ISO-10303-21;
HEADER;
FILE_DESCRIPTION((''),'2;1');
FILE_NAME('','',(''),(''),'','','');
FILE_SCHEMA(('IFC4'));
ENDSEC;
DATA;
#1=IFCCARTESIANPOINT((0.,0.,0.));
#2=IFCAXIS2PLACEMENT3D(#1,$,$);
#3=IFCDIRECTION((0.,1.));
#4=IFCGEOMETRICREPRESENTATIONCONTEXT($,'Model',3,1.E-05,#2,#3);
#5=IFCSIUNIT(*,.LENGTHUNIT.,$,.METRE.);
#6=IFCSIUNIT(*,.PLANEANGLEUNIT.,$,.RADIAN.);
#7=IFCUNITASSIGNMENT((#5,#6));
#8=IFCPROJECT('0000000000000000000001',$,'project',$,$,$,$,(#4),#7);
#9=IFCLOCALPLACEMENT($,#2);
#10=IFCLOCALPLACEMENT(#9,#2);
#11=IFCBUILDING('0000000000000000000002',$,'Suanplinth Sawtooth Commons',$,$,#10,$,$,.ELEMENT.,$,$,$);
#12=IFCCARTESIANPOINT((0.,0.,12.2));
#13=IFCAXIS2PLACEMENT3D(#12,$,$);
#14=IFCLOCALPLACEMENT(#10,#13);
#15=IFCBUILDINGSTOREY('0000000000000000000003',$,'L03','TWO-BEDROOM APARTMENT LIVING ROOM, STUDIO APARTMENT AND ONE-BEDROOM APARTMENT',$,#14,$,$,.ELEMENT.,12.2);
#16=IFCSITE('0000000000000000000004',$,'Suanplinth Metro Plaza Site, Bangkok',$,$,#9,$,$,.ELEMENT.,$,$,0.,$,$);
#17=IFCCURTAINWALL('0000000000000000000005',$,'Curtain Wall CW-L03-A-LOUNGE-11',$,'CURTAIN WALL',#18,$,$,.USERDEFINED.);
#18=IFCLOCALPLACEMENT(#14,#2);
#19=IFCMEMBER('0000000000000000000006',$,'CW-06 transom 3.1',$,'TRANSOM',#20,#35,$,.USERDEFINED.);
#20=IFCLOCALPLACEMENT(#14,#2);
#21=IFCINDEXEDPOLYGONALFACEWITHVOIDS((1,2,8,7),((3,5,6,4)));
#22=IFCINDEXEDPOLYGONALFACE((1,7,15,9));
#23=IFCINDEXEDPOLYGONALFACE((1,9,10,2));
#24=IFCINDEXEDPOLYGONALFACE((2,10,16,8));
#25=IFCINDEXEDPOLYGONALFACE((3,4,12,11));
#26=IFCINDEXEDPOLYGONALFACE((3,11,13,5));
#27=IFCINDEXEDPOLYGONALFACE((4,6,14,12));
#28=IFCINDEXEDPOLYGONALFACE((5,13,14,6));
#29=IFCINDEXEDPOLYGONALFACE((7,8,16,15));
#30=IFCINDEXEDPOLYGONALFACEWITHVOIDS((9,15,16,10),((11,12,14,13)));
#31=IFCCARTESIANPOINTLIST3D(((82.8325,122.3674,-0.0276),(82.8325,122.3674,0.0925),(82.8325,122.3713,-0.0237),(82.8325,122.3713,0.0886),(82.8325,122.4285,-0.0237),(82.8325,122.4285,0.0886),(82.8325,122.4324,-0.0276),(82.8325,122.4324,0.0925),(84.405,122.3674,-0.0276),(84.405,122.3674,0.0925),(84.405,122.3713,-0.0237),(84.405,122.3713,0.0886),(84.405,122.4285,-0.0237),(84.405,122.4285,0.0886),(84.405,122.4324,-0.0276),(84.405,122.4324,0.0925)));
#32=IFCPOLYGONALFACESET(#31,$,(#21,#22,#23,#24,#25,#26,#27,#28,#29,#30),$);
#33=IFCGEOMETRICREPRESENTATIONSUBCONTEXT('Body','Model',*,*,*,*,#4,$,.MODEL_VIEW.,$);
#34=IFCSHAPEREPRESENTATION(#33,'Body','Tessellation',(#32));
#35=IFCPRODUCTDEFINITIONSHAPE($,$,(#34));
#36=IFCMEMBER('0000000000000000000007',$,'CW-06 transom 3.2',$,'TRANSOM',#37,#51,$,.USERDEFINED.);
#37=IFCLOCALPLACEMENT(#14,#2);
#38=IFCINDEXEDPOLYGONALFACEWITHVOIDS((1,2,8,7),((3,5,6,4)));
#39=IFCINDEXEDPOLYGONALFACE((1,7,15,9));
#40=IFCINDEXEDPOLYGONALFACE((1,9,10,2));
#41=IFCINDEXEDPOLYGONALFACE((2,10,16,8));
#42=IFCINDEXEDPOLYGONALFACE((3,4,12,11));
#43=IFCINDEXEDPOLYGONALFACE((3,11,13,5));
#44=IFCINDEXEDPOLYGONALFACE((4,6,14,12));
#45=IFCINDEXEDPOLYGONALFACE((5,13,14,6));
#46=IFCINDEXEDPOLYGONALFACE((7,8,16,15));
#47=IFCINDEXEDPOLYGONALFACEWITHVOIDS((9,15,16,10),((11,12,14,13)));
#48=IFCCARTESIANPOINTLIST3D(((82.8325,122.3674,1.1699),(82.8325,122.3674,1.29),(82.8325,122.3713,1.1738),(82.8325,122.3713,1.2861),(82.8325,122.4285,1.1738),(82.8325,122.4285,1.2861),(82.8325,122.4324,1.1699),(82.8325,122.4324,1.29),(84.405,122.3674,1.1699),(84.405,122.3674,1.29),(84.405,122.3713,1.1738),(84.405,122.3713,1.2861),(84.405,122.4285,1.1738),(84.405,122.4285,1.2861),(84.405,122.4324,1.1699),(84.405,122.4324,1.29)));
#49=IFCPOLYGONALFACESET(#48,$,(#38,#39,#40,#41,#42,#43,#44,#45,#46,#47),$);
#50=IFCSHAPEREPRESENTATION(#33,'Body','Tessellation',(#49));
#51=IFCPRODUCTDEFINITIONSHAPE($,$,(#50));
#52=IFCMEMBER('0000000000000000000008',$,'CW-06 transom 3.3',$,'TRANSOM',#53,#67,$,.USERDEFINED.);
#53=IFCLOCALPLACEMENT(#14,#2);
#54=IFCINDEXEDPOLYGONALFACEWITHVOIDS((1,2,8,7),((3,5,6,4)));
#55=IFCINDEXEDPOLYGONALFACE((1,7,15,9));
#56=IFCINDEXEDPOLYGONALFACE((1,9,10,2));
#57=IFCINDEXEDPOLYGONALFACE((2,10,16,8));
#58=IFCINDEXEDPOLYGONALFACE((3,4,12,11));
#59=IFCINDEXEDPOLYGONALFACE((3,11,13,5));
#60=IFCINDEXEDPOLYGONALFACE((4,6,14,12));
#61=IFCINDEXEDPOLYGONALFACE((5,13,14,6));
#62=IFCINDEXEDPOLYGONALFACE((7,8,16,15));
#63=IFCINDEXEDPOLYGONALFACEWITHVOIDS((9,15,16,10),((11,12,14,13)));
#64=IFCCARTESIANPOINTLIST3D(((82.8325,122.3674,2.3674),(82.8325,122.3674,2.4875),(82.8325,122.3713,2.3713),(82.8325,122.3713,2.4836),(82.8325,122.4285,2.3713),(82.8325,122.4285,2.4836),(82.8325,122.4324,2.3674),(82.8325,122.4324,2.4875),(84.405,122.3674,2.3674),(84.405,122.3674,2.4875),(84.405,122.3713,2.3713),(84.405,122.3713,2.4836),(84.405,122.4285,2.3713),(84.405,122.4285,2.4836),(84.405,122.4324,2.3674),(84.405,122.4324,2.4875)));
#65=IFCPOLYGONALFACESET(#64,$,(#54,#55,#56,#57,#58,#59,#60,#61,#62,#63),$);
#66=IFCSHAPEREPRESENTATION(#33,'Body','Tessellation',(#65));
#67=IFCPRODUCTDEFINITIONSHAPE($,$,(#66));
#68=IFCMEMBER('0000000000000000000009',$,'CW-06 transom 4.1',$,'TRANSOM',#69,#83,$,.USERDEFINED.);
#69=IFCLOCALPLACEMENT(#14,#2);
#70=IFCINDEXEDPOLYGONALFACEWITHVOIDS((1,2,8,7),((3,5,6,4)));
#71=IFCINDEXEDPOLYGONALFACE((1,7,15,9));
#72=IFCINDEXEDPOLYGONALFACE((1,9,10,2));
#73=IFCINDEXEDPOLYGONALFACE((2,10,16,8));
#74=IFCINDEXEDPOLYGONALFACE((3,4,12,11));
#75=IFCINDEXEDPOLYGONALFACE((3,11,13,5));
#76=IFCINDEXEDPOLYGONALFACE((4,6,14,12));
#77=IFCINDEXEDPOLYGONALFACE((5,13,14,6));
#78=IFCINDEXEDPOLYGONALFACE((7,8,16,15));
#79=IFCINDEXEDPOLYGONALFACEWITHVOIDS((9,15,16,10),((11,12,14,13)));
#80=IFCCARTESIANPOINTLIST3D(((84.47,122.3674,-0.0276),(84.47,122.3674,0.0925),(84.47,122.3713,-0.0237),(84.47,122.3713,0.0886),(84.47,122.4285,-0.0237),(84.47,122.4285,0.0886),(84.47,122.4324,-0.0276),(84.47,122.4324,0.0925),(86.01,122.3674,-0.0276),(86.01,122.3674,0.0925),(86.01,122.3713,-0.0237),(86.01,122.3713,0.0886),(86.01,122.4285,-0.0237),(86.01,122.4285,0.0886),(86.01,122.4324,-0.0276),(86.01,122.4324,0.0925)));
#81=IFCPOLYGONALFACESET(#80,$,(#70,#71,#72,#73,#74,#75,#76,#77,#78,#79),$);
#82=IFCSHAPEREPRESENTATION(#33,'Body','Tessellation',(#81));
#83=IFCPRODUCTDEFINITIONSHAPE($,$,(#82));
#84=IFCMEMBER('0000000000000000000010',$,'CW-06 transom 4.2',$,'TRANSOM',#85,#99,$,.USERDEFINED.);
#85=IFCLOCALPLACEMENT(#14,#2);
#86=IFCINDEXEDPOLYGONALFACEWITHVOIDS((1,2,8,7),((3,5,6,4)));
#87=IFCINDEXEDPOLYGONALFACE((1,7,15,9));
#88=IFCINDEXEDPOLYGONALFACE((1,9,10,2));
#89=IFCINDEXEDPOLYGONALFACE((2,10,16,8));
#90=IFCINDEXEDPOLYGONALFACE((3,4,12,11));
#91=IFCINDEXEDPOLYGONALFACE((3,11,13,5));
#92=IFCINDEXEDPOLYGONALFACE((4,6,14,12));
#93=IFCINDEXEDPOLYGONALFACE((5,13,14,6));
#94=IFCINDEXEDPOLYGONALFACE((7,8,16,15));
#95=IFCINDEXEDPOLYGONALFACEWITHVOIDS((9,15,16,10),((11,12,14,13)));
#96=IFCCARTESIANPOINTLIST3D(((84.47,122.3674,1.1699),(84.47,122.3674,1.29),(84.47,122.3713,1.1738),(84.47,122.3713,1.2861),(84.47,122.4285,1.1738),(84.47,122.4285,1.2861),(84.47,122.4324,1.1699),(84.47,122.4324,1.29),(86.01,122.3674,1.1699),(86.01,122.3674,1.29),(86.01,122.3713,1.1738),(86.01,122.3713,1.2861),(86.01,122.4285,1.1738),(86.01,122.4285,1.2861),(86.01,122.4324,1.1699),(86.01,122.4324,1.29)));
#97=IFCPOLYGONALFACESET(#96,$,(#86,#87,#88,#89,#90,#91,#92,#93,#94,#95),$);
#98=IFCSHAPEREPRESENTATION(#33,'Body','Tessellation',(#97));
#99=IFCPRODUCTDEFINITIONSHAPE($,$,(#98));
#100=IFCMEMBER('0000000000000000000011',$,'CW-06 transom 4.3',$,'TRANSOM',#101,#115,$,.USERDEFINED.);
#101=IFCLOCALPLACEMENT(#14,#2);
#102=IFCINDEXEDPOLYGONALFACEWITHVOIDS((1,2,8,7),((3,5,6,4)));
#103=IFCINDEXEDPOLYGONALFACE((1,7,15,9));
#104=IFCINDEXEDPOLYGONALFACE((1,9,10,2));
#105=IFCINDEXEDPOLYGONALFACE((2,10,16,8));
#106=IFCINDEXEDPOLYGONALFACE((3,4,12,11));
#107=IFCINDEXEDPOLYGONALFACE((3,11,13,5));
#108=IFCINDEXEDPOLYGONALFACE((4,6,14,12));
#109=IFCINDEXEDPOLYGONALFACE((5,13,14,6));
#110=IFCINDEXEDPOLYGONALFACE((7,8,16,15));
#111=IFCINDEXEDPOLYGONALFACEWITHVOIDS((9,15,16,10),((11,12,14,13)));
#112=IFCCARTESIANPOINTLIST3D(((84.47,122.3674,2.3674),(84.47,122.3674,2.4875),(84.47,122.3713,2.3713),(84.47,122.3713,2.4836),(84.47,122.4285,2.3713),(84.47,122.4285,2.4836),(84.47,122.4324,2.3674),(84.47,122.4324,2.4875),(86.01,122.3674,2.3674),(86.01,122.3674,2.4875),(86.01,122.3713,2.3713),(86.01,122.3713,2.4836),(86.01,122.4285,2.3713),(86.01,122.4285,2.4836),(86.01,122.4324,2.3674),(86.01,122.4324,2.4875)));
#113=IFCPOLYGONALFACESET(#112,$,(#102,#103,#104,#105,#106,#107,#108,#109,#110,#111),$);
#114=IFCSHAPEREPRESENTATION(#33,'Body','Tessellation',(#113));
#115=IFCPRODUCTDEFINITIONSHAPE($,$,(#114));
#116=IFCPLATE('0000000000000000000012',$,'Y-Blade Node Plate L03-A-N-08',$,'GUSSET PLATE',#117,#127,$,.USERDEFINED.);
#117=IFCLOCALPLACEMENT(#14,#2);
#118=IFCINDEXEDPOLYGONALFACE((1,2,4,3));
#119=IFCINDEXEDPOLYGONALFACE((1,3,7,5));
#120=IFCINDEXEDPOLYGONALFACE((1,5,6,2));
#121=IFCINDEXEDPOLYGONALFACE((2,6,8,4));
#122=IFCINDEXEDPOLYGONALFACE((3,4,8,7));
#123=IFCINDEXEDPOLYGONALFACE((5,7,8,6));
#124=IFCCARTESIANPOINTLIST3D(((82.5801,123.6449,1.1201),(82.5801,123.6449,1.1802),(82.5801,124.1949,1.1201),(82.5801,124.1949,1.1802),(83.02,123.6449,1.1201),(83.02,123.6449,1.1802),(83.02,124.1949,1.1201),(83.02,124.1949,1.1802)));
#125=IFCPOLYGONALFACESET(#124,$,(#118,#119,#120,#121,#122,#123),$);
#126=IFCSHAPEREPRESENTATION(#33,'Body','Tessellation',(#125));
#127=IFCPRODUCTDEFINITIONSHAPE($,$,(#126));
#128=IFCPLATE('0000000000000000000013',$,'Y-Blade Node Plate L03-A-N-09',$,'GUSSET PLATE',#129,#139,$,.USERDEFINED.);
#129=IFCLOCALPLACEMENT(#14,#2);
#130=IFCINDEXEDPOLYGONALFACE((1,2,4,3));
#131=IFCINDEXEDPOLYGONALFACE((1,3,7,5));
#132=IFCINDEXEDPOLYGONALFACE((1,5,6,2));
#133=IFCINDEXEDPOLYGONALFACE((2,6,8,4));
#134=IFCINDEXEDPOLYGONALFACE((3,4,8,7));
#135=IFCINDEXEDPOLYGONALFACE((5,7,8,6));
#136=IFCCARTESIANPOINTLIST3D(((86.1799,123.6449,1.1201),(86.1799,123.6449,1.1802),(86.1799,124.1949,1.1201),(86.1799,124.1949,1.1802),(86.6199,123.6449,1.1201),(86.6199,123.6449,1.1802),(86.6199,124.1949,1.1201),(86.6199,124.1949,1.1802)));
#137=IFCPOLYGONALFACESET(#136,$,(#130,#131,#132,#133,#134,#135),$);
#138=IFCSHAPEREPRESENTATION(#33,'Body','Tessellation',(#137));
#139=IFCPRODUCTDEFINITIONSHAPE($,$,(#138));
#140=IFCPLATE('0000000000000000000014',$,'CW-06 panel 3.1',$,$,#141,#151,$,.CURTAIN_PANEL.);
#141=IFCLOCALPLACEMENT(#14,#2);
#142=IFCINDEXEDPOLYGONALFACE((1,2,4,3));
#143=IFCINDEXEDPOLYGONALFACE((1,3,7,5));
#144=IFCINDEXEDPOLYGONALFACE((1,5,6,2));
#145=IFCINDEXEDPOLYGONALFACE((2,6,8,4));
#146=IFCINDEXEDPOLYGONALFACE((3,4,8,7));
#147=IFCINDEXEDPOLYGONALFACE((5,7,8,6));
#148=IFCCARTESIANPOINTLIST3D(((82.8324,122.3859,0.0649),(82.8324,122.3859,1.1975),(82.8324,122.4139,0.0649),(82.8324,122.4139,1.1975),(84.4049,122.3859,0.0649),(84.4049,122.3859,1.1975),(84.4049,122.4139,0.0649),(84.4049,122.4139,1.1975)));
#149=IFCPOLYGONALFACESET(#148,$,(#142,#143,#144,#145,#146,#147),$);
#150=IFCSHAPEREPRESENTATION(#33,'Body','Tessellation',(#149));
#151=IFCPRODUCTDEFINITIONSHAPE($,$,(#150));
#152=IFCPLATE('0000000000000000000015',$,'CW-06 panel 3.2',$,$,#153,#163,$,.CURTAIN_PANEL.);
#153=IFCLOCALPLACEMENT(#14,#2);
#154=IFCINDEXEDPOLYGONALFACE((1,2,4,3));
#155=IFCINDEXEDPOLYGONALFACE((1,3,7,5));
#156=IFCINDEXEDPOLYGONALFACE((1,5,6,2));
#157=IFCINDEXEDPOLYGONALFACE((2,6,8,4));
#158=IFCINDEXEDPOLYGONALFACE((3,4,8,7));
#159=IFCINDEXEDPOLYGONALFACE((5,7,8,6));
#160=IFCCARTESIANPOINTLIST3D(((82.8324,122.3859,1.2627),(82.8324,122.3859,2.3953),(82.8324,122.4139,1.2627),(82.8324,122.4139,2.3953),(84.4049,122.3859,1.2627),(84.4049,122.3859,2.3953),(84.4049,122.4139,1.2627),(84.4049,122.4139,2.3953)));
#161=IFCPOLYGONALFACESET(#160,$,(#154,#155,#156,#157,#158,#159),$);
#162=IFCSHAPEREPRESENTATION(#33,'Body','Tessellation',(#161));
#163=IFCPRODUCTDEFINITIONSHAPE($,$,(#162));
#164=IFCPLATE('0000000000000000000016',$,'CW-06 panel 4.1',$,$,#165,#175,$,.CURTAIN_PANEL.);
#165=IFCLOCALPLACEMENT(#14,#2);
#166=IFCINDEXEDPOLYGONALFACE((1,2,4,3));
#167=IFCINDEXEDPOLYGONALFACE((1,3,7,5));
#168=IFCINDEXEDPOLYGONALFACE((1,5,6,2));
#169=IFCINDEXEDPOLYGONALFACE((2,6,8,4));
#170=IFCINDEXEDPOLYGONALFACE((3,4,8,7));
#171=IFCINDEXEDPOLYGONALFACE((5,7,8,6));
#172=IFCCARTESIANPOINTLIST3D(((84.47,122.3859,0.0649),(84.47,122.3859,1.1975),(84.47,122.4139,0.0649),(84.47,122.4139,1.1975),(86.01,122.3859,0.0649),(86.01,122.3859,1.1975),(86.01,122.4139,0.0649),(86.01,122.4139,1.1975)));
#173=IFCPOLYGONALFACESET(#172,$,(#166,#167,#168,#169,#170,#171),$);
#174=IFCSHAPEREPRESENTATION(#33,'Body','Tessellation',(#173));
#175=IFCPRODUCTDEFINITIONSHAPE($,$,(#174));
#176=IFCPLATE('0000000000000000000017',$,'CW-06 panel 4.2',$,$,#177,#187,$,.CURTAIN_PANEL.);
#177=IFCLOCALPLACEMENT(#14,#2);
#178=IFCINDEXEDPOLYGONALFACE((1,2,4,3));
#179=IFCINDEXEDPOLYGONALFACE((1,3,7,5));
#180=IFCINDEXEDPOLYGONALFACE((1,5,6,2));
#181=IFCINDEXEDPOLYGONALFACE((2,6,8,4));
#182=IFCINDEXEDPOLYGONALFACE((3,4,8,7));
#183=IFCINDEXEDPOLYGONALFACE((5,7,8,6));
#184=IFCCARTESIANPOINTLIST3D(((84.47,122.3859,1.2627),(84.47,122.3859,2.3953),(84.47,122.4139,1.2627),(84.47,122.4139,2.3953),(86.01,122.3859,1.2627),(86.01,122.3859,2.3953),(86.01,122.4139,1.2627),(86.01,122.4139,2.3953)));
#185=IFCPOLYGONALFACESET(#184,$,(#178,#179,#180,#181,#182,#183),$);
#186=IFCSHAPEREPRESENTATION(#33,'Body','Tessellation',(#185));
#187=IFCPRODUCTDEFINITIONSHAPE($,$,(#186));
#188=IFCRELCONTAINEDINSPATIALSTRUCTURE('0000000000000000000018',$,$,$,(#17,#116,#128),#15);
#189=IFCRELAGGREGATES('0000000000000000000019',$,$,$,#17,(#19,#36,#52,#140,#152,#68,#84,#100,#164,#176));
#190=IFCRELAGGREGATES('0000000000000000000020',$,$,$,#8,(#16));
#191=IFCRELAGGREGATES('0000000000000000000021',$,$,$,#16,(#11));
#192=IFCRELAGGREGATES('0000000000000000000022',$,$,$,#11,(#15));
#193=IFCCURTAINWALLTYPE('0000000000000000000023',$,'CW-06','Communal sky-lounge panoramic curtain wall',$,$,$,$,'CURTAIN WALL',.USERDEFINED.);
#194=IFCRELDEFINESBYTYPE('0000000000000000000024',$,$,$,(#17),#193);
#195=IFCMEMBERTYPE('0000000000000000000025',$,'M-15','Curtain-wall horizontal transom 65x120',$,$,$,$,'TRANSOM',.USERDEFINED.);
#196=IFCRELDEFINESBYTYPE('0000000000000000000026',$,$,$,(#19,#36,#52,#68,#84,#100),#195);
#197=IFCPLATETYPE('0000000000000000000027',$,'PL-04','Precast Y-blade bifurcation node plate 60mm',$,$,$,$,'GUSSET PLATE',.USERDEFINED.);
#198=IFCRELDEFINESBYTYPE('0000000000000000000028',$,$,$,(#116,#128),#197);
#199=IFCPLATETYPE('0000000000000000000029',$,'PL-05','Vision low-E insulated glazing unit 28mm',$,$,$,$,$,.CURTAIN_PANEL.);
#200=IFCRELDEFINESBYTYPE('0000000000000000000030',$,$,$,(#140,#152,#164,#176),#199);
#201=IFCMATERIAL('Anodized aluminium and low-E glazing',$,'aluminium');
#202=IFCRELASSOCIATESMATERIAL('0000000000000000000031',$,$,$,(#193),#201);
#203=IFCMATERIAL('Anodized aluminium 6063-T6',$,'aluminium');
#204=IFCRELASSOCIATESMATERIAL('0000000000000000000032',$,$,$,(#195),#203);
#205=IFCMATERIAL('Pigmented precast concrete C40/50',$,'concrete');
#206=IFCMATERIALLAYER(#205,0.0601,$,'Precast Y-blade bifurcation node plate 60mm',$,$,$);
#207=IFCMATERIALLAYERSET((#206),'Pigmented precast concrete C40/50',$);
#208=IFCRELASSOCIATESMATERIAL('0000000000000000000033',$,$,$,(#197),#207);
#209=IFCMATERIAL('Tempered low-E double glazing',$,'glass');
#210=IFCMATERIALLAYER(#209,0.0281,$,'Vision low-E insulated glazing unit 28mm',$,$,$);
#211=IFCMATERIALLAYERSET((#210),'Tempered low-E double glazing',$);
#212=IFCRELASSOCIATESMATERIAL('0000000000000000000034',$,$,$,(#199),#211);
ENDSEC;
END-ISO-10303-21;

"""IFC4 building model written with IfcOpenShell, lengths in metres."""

from ifc_helpers import new_model, si_unit, direction, frame, origin, origin_2d, place, context, subcontext, project, spatial, rectangle, hollow_rectangle, extrude, material, layer, layer_set, material_profile, profile_set, type_object, element, aggregate, save


model = new_model("IFC4")

# Units and contexts
model_context = context("Model", 3, precision=1e-05, world=origin(), true_north=direction((0.0, 1.0)))
body_context = subcontext(model_context, "Body", "Model", "MODEL_VIEW")
ifc_project = project(units=[si_unit("LENGTHUNIT", "METRE"), si_unit("PLANEANGLEUNIT", "RADIAN")], contexts=[model_context])

# Site, building, storey
site_placement = place(None, origin())
site = spatial("IfcSite", under=ifc_project, at=site_placement, Name="Suanplinth Metro Plaza Site, Bangkok", CompositionType="ELEMENT", RefElevation=0.0)
building_placement = place(site_placement, origin())
building = spatial("IfcBuilding", under=site, at=building_placement, Name="Suanplinth Sawtooth Commons", CompositionType="ELEMENT")
storey_placement = place(building_placement, frame((0.0, 0.0, 12.2)))
storey = spatial("IfcBuildingStorey", under=building, at=storey_placement, Name="L03", Description="TWO-BEDROOM APARTMENT LIVING ROOM, STUDIO APARTMENT AND ONE-BEDROOM APARTMENT", CompositionType="ELEMENT", Elevation=12.2)

# Shared definitions
ifc_material_1 = material(Name="Pigmented precast concrete C40/50", Category="concrete")

# Curtain wall, members
ifc_material_2 = material(Name="Anodized aluminium and low-E glazing", Category="aluminium")
curtain_wall_type = type_object("IfcCurtainWallType", Name="CW-06", Description="Communal sky-lounge panoramic curtain wall", ElementType="CURTAIN WALL", PredefinedType="USERDEFINED", material=ifc_material_2)
curtain_wall_placement = place(storey_placement, origin())
curtain_wall = element("IfcCurtainWall", 1, at=curtain_wall_placement, inside=storey, type_object=curtain_wall_type, Name="Curtain Wall CW-L03-A-LOUNGE-11", ObjectType="CURTAIN WALL", PredefinedType="USERDEFINED")
ifc_material_3 = material(Name="Anodized aluminium 6063-T6", Category="aluminium")
ifc_material_profile_1 = material_profile(ifc_material_3, hollow_rectangle(XDim=0.0649, YDim=0.1201, WallThickness=0.0039, at=origin_2d()), Name="ALU-TRN 65x120")
ifc_profile_set_1 = profile_set([ifc_material_profile_1], Name="Anodized aluminium 6063-T6")
member_type_1 = type_object("IfcMemberType", Name="M-15", Description="Curtain-wall horizontal transom 65x120", ElementType="TRANSOM", PredefinedType="USERDEFINED", material=ifc_profile_set_1)
member_1_placement = place(storey_placement, frame((82.8325, 122.3999, 0.0325), z_axis=(1.0, 0.0, 0.0), x_axis=(0.0, 1.0, 0.0)))
member_1 = element("IfcMember", 2, at=member_1_placement, type_object=member_type_1, Name="CW-06 transom 3.1", ObjectType="TRANSOM", PredefinedType="USERDEFINED", context=body_context, shape_type="SweptSolid", body=[
    extrude(hollow_rectangle(XDim=0.0649, YDim=0.1201, WallThickness=0.0039, at=origin_2d()), origin(), (0.0, 0.0, 1.0), 1.5725),
])
member_2_placement = place(storey_placement, frame((82.8325, 122.3999, 1.23), z_axis=(1.0, 0.0, 0.0), x_axis=(0.0, 1.0, 0.0)))
member_2 = element("IfcMember", 3, at=member_2_placement, type_object=member_type_1, Name="CW-06 transom 3.2", ObjectType="TRANSOM", PredefinedType="USERDEFINED", context=body_context, shape_type="SweptSolid", body=[
    extrude(hollow_rectangle(XDim=0.0649, YDim=0.1201, WallThickness=0.0039, at=origin_2d()), origin(), (0.0, 0.0, 1.0), 1.5725),
])
member_3_placement = place(storey_placement, frame((82.8325, 122.3999, 2.4275), z_axis=(1.0, 0.0, 0.0), x_axis=(0.0, 1.0, 0.0)))
member_3 = element("IfcMember", 4, at=member_3_placement, type_object=member_type_1, Name="CW-06 transom 3.3", ObjectType="TRANSOM", PredefinedType="USERDEFINED", context=body_context, shape_type="SweptSolid", body=[
    extrude(hollow_rectangle(XDim=0.0649, YDim=0.1201, WallThickness=0.0039, at=origin_2d()), origin(), (0.0, 0.0, 1.0), 1.5725),
])
member_4_placement = place(storey_placement, frame((84.47, 122.3999, 0.0325), z_axis=(1.0, 0.0, 0.0), x_axis=(0.0, 1.0, 0.0)))
member_4 = element("IfcMember", 5, at=member_4_placement, type_object=member_type_1, Name="CW-06 transom 4.1", ObjectType="TRANSOM", PredefinedType="USERDEFINED", context=body_context, shape_type="SweptSolid", body=[
    extrude(hollow_rectangle(XDim=0.0649, YDim=0.1201, WallThickness=0.0039, at=origin_2d()), origin(), (0.0, 0.0, 1.0), 1.54),
])
member_5_placement = place(storey_placement, frame((84.47, 122.3999, 1.23), z_axis=(1.0, 0.0, 0.0), x_axis=(0.0, 1.0, 0.0)))
member_5 = element("IfcMember", 6, at=member_5_placement, type_object=member_type_1, Name="CW-06 transom 4.2", ObjectType="TRANSOM", PredefinedType="USERDEFINED", context=body_context, shape_type="SweptSolid", body=[
    extrude(hollow_rectangle(XDim=0.0649, YDim=0.1201, WallThickness=0.0039, at=origin_2d()), origin(), (0.0, 0.0, 1.0), 1.54),
])
member_6_placement = place(storey_placement, frame((84.47, 122.3999, 2.4275), z_axis=(1.0, 0.0, 0.0), x_axis=(0.0, 1.0, 0.0)))
member_6 = element("IfcMember", 7, at=member_6_placement, type_object=member_type_1, Name="CW-06 transom 4.3", ObjectType="TRANSOM", PredefinedType="USERDEFINED", context=body_context, shape_type="SweptSolid", body=[
    extrude(hollow_rectangle(XDim=0.0649, YDim=0.1201, WallThickness=0.0039, at=origin_2d()), origin(), (0.0, 0.0, 1.0), 1.54),
])

# Plates
ifc_layer_1 = layer(ifc_material_1, 0.0601, Name="Precast Y-blade bifurcation node plate 60mm")
ifc_layer_set_1 = layer_set([ifc_layer_1], Name="Pigmented precast concrete C40/50")
plate_type_1 = type_object("IfcPlateType", Name="PL-04", Description="Precast Y-blade bifurcation node plate 60mm", ElementType="GUSSET PLATE", PredefinedType="USERDEFINED", material=ifc_layer_set_1)
for number, where, z_axis, x_axis, name in (
    (8, (82.8, 123.9199, 1.1201), (0.0, 0.0, 1.0), (1.0, 0.0, 0.0), "Y-Blade Node Plate L03-A-N-08"),
    (9, (86.3999, 123.9199, 1.1201), (0.0, 0.0, 1.0), (1.0, 0.0, 0.0), "Y-Blade Node Plate L03-A-N-09"),
):
    element("IfcPlate", number, at=place(storey_placement, frame(where, z_axis=z_axis, x_axis=x_axis)), inside=storey, type_object=plate_type_1, Name=name, ObjectType="GUSSET PLATE", PredefinedType="USERDEFINED", context=body_context, shape_type="SweptSolid", body=[
        extrude(rectangle(XDim=0.4399, YDim=0.55, at=origin_2d()), origin(), (0.0, 0.0, 1.0), 0.0601),
    ])

# Plates
ifc_material_4 = material(Name="Tempered low-E double glazing", Category="glass")
ifc_layer_2 = layer(ifc_material_4, 0.0281, Name="Vision low-E insulated glazing unit 28mm")
ifc_layer_set_2 = layer_set([ifc_layer_2], Name="Tempered low-E double glazing")
plate_type_2 = type_object("IfcPlateType", Name="PL-05", Description="Vision low-E insulated glazing unit 28mm", PredefinedType="CURTAIN_PANEL", material=ifc_layer_set_2)
plate_1_placement = place(storey_placement, frame((83.6187, 122.3999, 0.0649), z_axis=(0.0, 0.0, 1.0), x_axis=(1.0, 0.0, 0.0)))
plate_1 = element("IfcPlate", 10, at=plate_1_placement, type_object=plate_type_2, Name="CW-06 panel 3.1", PredefinedType="CURTAIN_PANEL", context=body_context, shape_type="SweptSolid", body=[
    extrude(rectangle(XDim=1.5725, YDim=0.0281, at=origin_2d()), origin(), (0.0, 0.0, 1.0), 1.1326),
])
plate_2_placement = place(storey_placement, frame((83.6187, 122.3999, 1.2627), z_axis=(0.0, 0.0, 1.0), x_axis=(1.0, 0.0, 0.0)))
plate_2 = element("IfcPlate", 11, at=plate_2_placement, type_object=plate_type_2, Name="CW-06 panel 3.2", PredefinedType="CURTAIN_PANEL", context=body_context, shape_type="SweptSolid", body=[
    extrude(rectangle(XDim=1.5725, YDim=0.0281, at=origin_2d()), origin(), (0.0, 0.0, 1.0), 1.1326),
])
plate_3_placement = place(storey_placement, frame((85.24, 122.3999, 0.0649), z_axis=(0.0, 0.0, 1.0), x_axis=(1.0, 0.0, 0.0)))
plate_3 = element("IfcPlate", 12, at=plate_3_placement, type_object=plate_type_2, Name="CW-06 panel 4.1", PredefinedType="CURTAIN_PANEL", context=body_context, shape_type="SweptSolid", body=[
    extrude(rectangle(XDim=1.54, YDim=0.0281, at=origin_2d()), origin(), (0.0, 0.0, 1.0), 1.1326),
])
plate_4_placement = place(storey_placement, frame((85.24, 122.3999, 1.2627), z_axis=(0.0, 0.0, 1.0), x_axis=(1.0, 0.0, 0.0)))
plate_4 = element("IfcPlate", 13, at=plate_4_placement, type_object=plate_type_2, Name="CW-06 panel 4.2", PredefinedType="CURTAIN_PANEL", context=body_context, shape_type="SweptSolid", body=[
    extrude(rectangle(XDim=1.54, YDim=0.0281, at=origin_2d()), origin(), (0.0, 0.0, 1.0), 1.1326),
])
aggregate(curtain_wall, [member_1, member_2, member_3, plate_1, plate_2, member_4, member_5, member_6, plate_3, plate_4])

save(model, "model.ifc")
